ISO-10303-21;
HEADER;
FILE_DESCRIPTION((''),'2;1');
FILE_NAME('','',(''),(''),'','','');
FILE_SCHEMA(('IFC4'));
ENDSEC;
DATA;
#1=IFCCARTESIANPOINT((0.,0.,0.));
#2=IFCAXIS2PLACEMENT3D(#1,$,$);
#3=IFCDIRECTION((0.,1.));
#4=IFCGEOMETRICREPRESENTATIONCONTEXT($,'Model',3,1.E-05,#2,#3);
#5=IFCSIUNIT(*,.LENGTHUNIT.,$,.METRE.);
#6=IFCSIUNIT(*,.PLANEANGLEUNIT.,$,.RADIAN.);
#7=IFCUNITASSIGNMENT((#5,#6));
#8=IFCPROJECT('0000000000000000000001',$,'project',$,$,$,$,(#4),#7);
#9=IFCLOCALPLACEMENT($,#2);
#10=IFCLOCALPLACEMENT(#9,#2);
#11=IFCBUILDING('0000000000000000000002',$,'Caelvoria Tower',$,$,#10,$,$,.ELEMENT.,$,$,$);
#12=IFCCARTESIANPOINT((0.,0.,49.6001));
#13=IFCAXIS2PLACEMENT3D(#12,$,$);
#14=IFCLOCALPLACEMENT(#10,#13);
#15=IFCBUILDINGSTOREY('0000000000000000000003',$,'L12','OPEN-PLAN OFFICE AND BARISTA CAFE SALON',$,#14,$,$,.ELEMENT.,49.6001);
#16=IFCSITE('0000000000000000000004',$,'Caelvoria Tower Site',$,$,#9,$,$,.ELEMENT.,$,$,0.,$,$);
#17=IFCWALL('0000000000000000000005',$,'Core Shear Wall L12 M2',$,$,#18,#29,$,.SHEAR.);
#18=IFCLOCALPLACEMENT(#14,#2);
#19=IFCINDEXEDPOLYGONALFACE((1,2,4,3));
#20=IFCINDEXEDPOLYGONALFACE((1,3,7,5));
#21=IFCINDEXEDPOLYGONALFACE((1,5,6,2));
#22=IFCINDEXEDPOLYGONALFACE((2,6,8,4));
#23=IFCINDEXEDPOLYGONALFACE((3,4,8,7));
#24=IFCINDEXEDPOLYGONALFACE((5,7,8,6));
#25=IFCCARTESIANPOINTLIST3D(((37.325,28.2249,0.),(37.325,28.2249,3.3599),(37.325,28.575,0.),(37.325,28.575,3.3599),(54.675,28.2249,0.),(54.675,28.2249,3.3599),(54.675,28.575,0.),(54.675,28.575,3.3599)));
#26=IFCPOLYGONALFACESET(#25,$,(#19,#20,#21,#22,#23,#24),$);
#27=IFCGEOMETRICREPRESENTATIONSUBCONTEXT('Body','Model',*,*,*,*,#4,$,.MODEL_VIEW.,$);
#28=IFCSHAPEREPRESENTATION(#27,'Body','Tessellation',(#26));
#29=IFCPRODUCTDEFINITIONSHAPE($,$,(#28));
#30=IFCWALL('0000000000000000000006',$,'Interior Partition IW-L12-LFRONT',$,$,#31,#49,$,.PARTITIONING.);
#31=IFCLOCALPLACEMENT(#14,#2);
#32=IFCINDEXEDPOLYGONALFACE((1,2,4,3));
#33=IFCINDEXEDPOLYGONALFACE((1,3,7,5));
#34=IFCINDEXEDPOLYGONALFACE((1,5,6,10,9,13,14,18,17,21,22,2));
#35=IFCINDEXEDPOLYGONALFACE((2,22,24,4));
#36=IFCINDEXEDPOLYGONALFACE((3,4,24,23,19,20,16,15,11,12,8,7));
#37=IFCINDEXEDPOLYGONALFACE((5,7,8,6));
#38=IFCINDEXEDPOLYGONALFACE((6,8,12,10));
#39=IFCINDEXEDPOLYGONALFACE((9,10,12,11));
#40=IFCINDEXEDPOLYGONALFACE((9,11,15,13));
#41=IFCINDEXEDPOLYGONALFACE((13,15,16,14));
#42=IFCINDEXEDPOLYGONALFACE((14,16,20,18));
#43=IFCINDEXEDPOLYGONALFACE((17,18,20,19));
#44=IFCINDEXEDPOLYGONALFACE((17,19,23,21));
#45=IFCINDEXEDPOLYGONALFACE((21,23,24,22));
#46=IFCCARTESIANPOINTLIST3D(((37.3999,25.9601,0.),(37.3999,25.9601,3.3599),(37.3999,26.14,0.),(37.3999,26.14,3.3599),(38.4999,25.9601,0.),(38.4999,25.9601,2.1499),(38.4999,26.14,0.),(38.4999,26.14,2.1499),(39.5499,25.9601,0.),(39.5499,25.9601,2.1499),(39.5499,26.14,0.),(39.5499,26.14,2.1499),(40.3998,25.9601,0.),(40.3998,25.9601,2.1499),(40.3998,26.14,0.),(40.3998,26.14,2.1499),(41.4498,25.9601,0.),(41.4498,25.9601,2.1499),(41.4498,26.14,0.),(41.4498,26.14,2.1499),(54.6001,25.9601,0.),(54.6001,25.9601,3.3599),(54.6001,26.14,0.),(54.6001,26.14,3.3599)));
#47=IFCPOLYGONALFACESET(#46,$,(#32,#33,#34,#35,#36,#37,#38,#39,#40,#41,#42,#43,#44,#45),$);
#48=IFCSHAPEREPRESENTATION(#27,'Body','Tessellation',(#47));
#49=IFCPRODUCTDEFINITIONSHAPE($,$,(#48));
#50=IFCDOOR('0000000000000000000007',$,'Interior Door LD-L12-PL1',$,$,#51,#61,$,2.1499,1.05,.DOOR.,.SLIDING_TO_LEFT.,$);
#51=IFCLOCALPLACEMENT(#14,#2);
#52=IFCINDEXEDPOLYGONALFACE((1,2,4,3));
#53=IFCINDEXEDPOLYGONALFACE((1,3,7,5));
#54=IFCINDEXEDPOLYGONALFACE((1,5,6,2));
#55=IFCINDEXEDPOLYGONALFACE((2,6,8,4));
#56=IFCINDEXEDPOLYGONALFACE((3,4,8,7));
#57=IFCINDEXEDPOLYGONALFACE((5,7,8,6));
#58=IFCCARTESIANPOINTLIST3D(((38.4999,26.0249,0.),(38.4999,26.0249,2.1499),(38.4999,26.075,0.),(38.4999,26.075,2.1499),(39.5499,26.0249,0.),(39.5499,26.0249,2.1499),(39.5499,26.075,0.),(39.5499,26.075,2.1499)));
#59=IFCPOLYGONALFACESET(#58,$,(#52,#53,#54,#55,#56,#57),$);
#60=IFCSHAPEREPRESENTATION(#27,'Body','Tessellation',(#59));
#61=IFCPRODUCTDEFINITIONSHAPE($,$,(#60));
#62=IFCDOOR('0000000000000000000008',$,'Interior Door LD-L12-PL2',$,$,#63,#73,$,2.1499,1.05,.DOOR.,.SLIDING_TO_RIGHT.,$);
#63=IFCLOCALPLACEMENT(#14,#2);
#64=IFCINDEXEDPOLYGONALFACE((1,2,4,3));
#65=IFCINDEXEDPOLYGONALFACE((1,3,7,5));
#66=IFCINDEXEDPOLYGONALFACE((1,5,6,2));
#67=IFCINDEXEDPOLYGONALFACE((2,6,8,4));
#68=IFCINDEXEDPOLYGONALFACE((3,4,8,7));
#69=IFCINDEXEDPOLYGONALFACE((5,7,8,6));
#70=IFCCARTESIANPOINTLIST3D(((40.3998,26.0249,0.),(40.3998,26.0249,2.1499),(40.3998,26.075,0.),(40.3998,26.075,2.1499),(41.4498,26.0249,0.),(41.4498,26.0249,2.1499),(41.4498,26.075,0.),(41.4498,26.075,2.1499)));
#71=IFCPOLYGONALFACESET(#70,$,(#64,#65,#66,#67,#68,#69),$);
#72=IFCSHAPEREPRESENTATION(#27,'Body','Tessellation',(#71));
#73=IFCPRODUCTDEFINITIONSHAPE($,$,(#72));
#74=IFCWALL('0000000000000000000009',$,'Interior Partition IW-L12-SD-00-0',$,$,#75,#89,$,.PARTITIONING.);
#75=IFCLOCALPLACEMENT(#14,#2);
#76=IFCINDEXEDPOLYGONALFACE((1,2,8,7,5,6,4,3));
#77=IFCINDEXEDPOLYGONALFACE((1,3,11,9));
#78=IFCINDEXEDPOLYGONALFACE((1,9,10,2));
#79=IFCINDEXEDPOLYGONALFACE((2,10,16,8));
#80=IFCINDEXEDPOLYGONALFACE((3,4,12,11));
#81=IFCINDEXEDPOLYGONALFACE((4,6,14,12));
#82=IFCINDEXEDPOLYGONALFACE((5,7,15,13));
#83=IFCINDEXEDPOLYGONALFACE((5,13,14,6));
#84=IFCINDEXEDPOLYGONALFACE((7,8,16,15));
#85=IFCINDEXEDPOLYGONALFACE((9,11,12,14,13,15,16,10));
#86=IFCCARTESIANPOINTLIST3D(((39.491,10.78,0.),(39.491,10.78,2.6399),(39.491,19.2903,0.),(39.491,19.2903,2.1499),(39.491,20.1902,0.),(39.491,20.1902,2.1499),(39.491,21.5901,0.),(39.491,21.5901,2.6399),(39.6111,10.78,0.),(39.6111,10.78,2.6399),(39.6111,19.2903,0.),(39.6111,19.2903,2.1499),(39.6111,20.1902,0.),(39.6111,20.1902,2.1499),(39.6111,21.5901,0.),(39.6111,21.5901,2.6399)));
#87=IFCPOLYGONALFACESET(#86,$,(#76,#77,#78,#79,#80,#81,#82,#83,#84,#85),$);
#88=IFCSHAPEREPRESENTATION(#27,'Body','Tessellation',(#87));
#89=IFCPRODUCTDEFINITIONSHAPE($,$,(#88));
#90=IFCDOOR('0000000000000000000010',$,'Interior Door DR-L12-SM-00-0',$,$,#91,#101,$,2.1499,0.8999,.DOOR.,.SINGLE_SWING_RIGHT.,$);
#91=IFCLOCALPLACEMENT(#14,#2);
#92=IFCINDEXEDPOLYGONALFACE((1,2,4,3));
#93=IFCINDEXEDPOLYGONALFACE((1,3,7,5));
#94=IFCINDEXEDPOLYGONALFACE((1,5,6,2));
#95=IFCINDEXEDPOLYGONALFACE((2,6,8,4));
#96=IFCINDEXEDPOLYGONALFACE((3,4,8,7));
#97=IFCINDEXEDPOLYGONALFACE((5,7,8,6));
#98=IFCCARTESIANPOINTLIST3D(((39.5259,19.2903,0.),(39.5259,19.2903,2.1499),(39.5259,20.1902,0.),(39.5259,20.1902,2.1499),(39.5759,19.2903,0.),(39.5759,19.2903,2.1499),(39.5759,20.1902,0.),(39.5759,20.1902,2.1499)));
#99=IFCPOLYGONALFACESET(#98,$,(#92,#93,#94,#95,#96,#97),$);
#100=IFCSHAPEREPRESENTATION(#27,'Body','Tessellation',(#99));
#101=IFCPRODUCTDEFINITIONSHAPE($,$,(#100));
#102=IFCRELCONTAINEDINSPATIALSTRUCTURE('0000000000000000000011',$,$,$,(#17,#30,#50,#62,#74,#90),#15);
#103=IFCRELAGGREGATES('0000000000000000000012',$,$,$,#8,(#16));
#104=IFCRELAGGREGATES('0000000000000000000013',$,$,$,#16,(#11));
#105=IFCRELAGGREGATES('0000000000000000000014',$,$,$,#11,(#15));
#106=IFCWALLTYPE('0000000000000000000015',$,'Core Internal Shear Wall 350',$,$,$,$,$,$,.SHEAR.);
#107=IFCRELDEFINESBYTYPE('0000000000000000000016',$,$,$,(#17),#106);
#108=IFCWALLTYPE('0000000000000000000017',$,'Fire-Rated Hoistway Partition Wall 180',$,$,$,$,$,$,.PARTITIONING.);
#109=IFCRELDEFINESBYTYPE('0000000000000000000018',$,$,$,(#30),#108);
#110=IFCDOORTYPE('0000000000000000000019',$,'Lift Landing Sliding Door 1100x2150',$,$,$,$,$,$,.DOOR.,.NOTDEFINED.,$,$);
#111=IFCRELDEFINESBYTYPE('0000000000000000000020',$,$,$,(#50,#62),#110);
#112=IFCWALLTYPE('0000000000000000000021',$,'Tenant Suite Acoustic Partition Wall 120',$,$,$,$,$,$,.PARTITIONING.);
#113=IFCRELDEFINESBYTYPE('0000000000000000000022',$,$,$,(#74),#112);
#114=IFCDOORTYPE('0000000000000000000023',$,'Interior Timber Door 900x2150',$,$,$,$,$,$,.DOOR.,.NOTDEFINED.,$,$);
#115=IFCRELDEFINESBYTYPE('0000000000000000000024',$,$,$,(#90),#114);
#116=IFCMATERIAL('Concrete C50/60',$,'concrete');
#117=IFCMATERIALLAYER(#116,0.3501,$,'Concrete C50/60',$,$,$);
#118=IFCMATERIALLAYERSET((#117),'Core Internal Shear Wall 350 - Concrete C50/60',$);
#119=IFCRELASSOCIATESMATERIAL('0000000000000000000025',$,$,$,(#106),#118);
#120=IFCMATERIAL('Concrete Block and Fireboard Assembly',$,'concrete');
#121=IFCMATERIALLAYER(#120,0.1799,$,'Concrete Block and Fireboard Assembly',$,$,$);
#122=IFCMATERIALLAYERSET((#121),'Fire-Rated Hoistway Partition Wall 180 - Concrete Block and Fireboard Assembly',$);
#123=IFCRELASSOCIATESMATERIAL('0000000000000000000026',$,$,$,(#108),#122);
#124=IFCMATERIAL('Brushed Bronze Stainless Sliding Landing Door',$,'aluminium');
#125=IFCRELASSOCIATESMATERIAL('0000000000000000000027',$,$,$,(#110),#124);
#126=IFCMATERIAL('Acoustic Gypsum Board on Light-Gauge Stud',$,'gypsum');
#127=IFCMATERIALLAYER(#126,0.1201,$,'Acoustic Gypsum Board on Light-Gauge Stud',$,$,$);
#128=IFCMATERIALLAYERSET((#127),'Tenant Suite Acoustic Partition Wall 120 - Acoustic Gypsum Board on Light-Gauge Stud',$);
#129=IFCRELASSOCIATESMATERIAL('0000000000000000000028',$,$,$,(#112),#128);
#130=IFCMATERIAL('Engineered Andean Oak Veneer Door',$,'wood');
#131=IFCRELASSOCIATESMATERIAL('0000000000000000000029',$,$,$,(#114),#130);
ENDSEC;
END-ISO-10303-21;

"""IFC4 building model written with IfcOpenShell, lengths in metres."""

from ifc_helpers import new_model, si_unit, direction, frame, frame_2d, origin, place, context, subcontext, project, spatial, rectangle, extrude, material, layer, layer_set, type_object, element, fill, save


model = new_model("IFC4")

# Units and contexts
model_context = context("Model", 3, precision=1e-05, world=origin(), true_north=direction((0.0, 1.0)))
body_context = subcontext(model_context, "Body", "Model", "MODEL_VIEW")
ifc_project = project(units=[si_unit("LENGTHUNIT", "METRE"), si_unit("PLANEANGLEUNIT", "RADIAN")], contexts=[model_context])

# Site, building, storey
site_placement = place(None, origin())
site = spatial("IfcSite", under=ifc_project, at=site_placement, Name="Caelvoria Tower Site", CompositionType="ELEMENT", RefElevation=0.0)
building_placement = place(site_placement, origin())
building = spatial("IfcBuilding", under=site, at=building_placement, Name="Caelvoria Tower", CompositionType="ELEMENT")
storey_placement = place(building_placement, frame((0.0, 0.0, 49.6001)))
storey = spatial("IfcBuildingStorey", under=building, at=storey_placement, Name="L12", Description="OPEN-PLAN OFFICE AND BARISTA CAFE SALON", CompositionType="ELEMENT", Elevation=49.6001)

# Wall
ifc_material_1 = material(Name="Concrete C50/60", Category="concrete")
ifc_layer_1 = layer(ifc_material_1, 0.3501, Name="Concrete C50/60")
ifc_layer_set_1 = layer_set([ifc_layer_1], Name="Core Internal Shear Wall 350 - Concrete C50/60")
wall_type_1 = type_object("IfcWallType", Name="Core Internal Shear Wall 350", PredefinedType="SHEAR", material=ifc_layer_set_1)
wall_1_placement = place(storey_placement, frame((37.325, 28.3999, 0.0), z_axis=(0.0, 0.0, 1.0), x_axis=(1.0, 0.0, 0.0)))
element("IfcWall", 1, at=wall_1_placement, inside=storey, type_object=wall_type_1, Name="Core Shear Wall L12 M2", PredefinedType="SHEAR", context=body_context, shape_type="SweptSolid", body=[
    extrude(rectangle(XDim=17.3501, YDim=0.3501, at=frame_2d((8.675, 0.0))), origin(), (0.0, 0.0, 1.0), 3.3599),
])

# Wall, openings, doors
ifc_material_2 = material(Name="Concrete Block and Fireboard Assembly", Category="concrete")
ifc_layer_2 = layer(ifc_material_2, 0.1799, Name="Concrete Block and Fireboard Assembly")
ifc_layer_set_2 = layer_set([ifc_layer_2], Name="Fire-Rated Hoistway Partition Wall 180 - Concrete Block and Fireboard Assembly")
wall_type_2 = type_object("IfcWallType", Name="Fire-Rated Hoistway Partition Wall 180", PredefinedType="PARTITIONING", material=ifc_layer_set_2)
wall_2_placement = place(storey_placement, frame((37.3999, 26.05, 0.0), z_axis=(0.0, 0.0, 1.0), x_axis=(1.0, 0.0, 0.0)))
wall_2 = element("IfcWall", 2, at=wall_2_placement, inside=storey, type_object=wall_type_2, Name="Interior Partition IW-L12-LFRONT", PredefinedType="PARTITIONING", context=body_context, shape_type="SweptSolid", body=[
    extrude(rectangle(XDim=17.2002, YDim=0.1799, at=frame_2d((8.6001, 0.0))), origin(), (0.0, 0.0, 1.0), 3.3599),
])
opening_1_placement = place(wall_2_placement, frame((1.1001, 0.0, 0.0)))
opening_1 = element("IfcOpeningElement", 3, at=opening_1_placement, cuts=wall_2, PredefinedType="OPENING", context=body_context, shape_type="SweptSolid", body=[
    extrude(rectangle(XDim=1.05, YDim=2.1499, at=frame_2d((0.5249, 1.075))), frame((0.0, 0.0999, 0.0), z_axis=(0.0, -1.0, 0.0), x_axis=(1.0, 0.0, 0.0)), (0.0, 0.0, 1.0), 0.2),
])
opening_2_placement = place(wall_2_placement, frame((3.0, 0.0, 0.0)))
opening_2 = element("IfcOpeningElement", 4, at=opening_2_placement, cuts=wall_2, PredefinedType="OPENING", context=body_context, shape_type="SweptSolid", body=[
    extrude(rectangle(XDim=1.05, YDim=2.1499, at=frame_2d((0.5249, 1.075))), frame((0.0, 0.0999, 0.0), z_axis=(0.0, -1.0, 0.0), x_axis=(1.0, 0.0, 0.0)), (0.0, 0.0, 1.0), 0.2),
])
ifc_material_3 = material(Name="Brushed Bronze Stainless Sliding Landing Door", Category="aluminium")
door_type_1 = type_object("IfcDoorType", Name="Lift Landing Sliding Door 1100x2150", OperationType="NOTDEFINED", PredefinedType="DOOR", material=ifc_material_3)
door_1_placement = place(opening_1_placement, origin())
door_1 = element("IfcDoor", 5, at=door_1_placement, inside=storey, type_object=door_type_1, Name="Interior Door LD-L12-PL1", OperationType="SLIDING_TO_LEFT", OverallHeight=2.1499, OverallWidth=1.05, PredefinedType="DOOR", context=body_context, shape_type="SweptSolid", body=[
    extrude(rectangle(XDim=1.05, YDim=2.1499, at=frame_2d((0.5249, 1.075))), frame((0.0, 0.0249, 0.0), z_axis=(0.0, -1.0, 0.0), x_axis=(1.0, 0.0, 0.0)), (0.0, 0.0, 1.0), 0.05),
])
fill(opening_1, door_1)
door_2_placement = place(opening_2_placement, origin())
door_2 = element("IfcDoor", 6, at=door_2_placement, inside=storey, type_object=door_type_1, Name="Interior Door LD-L12-PL2", OperationType="SLIDING_TO_RIGHT", OverallHeight=2.1499, OverallWidth=1.05, PredefinedType="DOOR", context=body_context, shape_type="SweptSolid", body=[
    extrude(rectangle(XDim=1.05, YDim=2.1499, at=frame_2d((0.5249, 1.075))), frame((0.0, 0.0249, 0.0), z_axis=(0.0, -1.0, 0.0), x_axis=(1.0, 0.0, 0.0)), (0.0, 0.0, 1.0), 0.05),
])
fill(opening_2, door_2)

# Wall, opening, door
ifc_material_4 = material(Name="Acoustic Gypsum Board on Light-Gauge Stud", Category="gypsum")
ifc_layer_3 = layer(ifc_material_4, 0.1201, Name="Acoustic Gypsum Board on Light-Gauge Stud")
ifc_layer_set_3 = layer_set([ifc_layer_3], Name="Tenant Suite Acoustic Partition Wall 120 - Acoustic Gypsum Board on Light-Gauge Stud")
wall_type_3 = type_object("IfcWallType", Name="Tenant Suite Acoustic Partition Wall 120", PredefinedType="PARTITIONING", material=ifc_layer_set_3)
wall_3_placement = place(storey_placement, frame((39.551, 21.5901, 0.0), z_axis=(0.0, 0.0, 1.0), x_axis=(0.0, -1.0, 0.0)))
wall_3 = element("IfcWall", 7, at=wall_3_placement, inside=storey, type_object=wall_type_3, Name="Interior Partition IW-L12-SD-00-0", PredefinedType="PARTITIONING", context=body_context, shape_type="SweptSolid", body=[
    extrude(rectangle(XDim=10.8101, YDim=0.1201, at=frame_2d((5.405, 0.0))), origin(), (0.0, 0.0, 1.0), 2.6399),
])
opening_3_placement = place(wall_3_placement, frame((1.3999, 0.0, 0.0)))
opening_3 = element("IfcOpeningElement", 8, at=opening_3_placement, cuts=wall_3, PredefinedType="OPENING", context=body_context, shape_type="SweptSolid", body=[
    extrude(rectangle(XDim=0.8999, YDim=2.1499, at=frame_2d((0.45, 1.075))), frame((0.0, 0.0701, 0.0), z_axis=(0.0, -1.0, 0.0), x_axis=(1.0, 0.0, 0.0)), (0.0, 0.0, 1.0), 0.1401),
])
ifc_material_5 = material(Name="Engineered Andean Oak Veneer Door", Category="wood")
door_type_2 = type_object("IfcDoorType", Name="Interior Timber Door 900x2150", OperationType="NOTDEFINED", PredefinedType="DOOR", material=ifc_material_5)
door_3_placement = place(opening_3_placement, origin())
door_3 = element("IfcDoor", 9, at=door_3_placement, inside=storey, type_object=door_type_2, Name="Interior Door DR-L12-SM-00-0", OperationType="SINGLE_SWING_RIGHT", OverallHeight=2.1499, OverallWidth=0.8999, PredefinedType="DOOR", context=body_context, shape_type="SweptSolid", body=[
    extrude(rectangle(XDim=0.8999, YDim=2.1499, at=frame_2d((0.45, 1.075))), frame((0.0, 0.0249, 0.0), z_axis=(0.0, -1.0, 0.0), x_axis=(1.0, 0.0, 0.0)), (0.0, 0.0, 1.0), 0.05),
])
fill(opening_3, door_3)

save(model, "model.ifc")
